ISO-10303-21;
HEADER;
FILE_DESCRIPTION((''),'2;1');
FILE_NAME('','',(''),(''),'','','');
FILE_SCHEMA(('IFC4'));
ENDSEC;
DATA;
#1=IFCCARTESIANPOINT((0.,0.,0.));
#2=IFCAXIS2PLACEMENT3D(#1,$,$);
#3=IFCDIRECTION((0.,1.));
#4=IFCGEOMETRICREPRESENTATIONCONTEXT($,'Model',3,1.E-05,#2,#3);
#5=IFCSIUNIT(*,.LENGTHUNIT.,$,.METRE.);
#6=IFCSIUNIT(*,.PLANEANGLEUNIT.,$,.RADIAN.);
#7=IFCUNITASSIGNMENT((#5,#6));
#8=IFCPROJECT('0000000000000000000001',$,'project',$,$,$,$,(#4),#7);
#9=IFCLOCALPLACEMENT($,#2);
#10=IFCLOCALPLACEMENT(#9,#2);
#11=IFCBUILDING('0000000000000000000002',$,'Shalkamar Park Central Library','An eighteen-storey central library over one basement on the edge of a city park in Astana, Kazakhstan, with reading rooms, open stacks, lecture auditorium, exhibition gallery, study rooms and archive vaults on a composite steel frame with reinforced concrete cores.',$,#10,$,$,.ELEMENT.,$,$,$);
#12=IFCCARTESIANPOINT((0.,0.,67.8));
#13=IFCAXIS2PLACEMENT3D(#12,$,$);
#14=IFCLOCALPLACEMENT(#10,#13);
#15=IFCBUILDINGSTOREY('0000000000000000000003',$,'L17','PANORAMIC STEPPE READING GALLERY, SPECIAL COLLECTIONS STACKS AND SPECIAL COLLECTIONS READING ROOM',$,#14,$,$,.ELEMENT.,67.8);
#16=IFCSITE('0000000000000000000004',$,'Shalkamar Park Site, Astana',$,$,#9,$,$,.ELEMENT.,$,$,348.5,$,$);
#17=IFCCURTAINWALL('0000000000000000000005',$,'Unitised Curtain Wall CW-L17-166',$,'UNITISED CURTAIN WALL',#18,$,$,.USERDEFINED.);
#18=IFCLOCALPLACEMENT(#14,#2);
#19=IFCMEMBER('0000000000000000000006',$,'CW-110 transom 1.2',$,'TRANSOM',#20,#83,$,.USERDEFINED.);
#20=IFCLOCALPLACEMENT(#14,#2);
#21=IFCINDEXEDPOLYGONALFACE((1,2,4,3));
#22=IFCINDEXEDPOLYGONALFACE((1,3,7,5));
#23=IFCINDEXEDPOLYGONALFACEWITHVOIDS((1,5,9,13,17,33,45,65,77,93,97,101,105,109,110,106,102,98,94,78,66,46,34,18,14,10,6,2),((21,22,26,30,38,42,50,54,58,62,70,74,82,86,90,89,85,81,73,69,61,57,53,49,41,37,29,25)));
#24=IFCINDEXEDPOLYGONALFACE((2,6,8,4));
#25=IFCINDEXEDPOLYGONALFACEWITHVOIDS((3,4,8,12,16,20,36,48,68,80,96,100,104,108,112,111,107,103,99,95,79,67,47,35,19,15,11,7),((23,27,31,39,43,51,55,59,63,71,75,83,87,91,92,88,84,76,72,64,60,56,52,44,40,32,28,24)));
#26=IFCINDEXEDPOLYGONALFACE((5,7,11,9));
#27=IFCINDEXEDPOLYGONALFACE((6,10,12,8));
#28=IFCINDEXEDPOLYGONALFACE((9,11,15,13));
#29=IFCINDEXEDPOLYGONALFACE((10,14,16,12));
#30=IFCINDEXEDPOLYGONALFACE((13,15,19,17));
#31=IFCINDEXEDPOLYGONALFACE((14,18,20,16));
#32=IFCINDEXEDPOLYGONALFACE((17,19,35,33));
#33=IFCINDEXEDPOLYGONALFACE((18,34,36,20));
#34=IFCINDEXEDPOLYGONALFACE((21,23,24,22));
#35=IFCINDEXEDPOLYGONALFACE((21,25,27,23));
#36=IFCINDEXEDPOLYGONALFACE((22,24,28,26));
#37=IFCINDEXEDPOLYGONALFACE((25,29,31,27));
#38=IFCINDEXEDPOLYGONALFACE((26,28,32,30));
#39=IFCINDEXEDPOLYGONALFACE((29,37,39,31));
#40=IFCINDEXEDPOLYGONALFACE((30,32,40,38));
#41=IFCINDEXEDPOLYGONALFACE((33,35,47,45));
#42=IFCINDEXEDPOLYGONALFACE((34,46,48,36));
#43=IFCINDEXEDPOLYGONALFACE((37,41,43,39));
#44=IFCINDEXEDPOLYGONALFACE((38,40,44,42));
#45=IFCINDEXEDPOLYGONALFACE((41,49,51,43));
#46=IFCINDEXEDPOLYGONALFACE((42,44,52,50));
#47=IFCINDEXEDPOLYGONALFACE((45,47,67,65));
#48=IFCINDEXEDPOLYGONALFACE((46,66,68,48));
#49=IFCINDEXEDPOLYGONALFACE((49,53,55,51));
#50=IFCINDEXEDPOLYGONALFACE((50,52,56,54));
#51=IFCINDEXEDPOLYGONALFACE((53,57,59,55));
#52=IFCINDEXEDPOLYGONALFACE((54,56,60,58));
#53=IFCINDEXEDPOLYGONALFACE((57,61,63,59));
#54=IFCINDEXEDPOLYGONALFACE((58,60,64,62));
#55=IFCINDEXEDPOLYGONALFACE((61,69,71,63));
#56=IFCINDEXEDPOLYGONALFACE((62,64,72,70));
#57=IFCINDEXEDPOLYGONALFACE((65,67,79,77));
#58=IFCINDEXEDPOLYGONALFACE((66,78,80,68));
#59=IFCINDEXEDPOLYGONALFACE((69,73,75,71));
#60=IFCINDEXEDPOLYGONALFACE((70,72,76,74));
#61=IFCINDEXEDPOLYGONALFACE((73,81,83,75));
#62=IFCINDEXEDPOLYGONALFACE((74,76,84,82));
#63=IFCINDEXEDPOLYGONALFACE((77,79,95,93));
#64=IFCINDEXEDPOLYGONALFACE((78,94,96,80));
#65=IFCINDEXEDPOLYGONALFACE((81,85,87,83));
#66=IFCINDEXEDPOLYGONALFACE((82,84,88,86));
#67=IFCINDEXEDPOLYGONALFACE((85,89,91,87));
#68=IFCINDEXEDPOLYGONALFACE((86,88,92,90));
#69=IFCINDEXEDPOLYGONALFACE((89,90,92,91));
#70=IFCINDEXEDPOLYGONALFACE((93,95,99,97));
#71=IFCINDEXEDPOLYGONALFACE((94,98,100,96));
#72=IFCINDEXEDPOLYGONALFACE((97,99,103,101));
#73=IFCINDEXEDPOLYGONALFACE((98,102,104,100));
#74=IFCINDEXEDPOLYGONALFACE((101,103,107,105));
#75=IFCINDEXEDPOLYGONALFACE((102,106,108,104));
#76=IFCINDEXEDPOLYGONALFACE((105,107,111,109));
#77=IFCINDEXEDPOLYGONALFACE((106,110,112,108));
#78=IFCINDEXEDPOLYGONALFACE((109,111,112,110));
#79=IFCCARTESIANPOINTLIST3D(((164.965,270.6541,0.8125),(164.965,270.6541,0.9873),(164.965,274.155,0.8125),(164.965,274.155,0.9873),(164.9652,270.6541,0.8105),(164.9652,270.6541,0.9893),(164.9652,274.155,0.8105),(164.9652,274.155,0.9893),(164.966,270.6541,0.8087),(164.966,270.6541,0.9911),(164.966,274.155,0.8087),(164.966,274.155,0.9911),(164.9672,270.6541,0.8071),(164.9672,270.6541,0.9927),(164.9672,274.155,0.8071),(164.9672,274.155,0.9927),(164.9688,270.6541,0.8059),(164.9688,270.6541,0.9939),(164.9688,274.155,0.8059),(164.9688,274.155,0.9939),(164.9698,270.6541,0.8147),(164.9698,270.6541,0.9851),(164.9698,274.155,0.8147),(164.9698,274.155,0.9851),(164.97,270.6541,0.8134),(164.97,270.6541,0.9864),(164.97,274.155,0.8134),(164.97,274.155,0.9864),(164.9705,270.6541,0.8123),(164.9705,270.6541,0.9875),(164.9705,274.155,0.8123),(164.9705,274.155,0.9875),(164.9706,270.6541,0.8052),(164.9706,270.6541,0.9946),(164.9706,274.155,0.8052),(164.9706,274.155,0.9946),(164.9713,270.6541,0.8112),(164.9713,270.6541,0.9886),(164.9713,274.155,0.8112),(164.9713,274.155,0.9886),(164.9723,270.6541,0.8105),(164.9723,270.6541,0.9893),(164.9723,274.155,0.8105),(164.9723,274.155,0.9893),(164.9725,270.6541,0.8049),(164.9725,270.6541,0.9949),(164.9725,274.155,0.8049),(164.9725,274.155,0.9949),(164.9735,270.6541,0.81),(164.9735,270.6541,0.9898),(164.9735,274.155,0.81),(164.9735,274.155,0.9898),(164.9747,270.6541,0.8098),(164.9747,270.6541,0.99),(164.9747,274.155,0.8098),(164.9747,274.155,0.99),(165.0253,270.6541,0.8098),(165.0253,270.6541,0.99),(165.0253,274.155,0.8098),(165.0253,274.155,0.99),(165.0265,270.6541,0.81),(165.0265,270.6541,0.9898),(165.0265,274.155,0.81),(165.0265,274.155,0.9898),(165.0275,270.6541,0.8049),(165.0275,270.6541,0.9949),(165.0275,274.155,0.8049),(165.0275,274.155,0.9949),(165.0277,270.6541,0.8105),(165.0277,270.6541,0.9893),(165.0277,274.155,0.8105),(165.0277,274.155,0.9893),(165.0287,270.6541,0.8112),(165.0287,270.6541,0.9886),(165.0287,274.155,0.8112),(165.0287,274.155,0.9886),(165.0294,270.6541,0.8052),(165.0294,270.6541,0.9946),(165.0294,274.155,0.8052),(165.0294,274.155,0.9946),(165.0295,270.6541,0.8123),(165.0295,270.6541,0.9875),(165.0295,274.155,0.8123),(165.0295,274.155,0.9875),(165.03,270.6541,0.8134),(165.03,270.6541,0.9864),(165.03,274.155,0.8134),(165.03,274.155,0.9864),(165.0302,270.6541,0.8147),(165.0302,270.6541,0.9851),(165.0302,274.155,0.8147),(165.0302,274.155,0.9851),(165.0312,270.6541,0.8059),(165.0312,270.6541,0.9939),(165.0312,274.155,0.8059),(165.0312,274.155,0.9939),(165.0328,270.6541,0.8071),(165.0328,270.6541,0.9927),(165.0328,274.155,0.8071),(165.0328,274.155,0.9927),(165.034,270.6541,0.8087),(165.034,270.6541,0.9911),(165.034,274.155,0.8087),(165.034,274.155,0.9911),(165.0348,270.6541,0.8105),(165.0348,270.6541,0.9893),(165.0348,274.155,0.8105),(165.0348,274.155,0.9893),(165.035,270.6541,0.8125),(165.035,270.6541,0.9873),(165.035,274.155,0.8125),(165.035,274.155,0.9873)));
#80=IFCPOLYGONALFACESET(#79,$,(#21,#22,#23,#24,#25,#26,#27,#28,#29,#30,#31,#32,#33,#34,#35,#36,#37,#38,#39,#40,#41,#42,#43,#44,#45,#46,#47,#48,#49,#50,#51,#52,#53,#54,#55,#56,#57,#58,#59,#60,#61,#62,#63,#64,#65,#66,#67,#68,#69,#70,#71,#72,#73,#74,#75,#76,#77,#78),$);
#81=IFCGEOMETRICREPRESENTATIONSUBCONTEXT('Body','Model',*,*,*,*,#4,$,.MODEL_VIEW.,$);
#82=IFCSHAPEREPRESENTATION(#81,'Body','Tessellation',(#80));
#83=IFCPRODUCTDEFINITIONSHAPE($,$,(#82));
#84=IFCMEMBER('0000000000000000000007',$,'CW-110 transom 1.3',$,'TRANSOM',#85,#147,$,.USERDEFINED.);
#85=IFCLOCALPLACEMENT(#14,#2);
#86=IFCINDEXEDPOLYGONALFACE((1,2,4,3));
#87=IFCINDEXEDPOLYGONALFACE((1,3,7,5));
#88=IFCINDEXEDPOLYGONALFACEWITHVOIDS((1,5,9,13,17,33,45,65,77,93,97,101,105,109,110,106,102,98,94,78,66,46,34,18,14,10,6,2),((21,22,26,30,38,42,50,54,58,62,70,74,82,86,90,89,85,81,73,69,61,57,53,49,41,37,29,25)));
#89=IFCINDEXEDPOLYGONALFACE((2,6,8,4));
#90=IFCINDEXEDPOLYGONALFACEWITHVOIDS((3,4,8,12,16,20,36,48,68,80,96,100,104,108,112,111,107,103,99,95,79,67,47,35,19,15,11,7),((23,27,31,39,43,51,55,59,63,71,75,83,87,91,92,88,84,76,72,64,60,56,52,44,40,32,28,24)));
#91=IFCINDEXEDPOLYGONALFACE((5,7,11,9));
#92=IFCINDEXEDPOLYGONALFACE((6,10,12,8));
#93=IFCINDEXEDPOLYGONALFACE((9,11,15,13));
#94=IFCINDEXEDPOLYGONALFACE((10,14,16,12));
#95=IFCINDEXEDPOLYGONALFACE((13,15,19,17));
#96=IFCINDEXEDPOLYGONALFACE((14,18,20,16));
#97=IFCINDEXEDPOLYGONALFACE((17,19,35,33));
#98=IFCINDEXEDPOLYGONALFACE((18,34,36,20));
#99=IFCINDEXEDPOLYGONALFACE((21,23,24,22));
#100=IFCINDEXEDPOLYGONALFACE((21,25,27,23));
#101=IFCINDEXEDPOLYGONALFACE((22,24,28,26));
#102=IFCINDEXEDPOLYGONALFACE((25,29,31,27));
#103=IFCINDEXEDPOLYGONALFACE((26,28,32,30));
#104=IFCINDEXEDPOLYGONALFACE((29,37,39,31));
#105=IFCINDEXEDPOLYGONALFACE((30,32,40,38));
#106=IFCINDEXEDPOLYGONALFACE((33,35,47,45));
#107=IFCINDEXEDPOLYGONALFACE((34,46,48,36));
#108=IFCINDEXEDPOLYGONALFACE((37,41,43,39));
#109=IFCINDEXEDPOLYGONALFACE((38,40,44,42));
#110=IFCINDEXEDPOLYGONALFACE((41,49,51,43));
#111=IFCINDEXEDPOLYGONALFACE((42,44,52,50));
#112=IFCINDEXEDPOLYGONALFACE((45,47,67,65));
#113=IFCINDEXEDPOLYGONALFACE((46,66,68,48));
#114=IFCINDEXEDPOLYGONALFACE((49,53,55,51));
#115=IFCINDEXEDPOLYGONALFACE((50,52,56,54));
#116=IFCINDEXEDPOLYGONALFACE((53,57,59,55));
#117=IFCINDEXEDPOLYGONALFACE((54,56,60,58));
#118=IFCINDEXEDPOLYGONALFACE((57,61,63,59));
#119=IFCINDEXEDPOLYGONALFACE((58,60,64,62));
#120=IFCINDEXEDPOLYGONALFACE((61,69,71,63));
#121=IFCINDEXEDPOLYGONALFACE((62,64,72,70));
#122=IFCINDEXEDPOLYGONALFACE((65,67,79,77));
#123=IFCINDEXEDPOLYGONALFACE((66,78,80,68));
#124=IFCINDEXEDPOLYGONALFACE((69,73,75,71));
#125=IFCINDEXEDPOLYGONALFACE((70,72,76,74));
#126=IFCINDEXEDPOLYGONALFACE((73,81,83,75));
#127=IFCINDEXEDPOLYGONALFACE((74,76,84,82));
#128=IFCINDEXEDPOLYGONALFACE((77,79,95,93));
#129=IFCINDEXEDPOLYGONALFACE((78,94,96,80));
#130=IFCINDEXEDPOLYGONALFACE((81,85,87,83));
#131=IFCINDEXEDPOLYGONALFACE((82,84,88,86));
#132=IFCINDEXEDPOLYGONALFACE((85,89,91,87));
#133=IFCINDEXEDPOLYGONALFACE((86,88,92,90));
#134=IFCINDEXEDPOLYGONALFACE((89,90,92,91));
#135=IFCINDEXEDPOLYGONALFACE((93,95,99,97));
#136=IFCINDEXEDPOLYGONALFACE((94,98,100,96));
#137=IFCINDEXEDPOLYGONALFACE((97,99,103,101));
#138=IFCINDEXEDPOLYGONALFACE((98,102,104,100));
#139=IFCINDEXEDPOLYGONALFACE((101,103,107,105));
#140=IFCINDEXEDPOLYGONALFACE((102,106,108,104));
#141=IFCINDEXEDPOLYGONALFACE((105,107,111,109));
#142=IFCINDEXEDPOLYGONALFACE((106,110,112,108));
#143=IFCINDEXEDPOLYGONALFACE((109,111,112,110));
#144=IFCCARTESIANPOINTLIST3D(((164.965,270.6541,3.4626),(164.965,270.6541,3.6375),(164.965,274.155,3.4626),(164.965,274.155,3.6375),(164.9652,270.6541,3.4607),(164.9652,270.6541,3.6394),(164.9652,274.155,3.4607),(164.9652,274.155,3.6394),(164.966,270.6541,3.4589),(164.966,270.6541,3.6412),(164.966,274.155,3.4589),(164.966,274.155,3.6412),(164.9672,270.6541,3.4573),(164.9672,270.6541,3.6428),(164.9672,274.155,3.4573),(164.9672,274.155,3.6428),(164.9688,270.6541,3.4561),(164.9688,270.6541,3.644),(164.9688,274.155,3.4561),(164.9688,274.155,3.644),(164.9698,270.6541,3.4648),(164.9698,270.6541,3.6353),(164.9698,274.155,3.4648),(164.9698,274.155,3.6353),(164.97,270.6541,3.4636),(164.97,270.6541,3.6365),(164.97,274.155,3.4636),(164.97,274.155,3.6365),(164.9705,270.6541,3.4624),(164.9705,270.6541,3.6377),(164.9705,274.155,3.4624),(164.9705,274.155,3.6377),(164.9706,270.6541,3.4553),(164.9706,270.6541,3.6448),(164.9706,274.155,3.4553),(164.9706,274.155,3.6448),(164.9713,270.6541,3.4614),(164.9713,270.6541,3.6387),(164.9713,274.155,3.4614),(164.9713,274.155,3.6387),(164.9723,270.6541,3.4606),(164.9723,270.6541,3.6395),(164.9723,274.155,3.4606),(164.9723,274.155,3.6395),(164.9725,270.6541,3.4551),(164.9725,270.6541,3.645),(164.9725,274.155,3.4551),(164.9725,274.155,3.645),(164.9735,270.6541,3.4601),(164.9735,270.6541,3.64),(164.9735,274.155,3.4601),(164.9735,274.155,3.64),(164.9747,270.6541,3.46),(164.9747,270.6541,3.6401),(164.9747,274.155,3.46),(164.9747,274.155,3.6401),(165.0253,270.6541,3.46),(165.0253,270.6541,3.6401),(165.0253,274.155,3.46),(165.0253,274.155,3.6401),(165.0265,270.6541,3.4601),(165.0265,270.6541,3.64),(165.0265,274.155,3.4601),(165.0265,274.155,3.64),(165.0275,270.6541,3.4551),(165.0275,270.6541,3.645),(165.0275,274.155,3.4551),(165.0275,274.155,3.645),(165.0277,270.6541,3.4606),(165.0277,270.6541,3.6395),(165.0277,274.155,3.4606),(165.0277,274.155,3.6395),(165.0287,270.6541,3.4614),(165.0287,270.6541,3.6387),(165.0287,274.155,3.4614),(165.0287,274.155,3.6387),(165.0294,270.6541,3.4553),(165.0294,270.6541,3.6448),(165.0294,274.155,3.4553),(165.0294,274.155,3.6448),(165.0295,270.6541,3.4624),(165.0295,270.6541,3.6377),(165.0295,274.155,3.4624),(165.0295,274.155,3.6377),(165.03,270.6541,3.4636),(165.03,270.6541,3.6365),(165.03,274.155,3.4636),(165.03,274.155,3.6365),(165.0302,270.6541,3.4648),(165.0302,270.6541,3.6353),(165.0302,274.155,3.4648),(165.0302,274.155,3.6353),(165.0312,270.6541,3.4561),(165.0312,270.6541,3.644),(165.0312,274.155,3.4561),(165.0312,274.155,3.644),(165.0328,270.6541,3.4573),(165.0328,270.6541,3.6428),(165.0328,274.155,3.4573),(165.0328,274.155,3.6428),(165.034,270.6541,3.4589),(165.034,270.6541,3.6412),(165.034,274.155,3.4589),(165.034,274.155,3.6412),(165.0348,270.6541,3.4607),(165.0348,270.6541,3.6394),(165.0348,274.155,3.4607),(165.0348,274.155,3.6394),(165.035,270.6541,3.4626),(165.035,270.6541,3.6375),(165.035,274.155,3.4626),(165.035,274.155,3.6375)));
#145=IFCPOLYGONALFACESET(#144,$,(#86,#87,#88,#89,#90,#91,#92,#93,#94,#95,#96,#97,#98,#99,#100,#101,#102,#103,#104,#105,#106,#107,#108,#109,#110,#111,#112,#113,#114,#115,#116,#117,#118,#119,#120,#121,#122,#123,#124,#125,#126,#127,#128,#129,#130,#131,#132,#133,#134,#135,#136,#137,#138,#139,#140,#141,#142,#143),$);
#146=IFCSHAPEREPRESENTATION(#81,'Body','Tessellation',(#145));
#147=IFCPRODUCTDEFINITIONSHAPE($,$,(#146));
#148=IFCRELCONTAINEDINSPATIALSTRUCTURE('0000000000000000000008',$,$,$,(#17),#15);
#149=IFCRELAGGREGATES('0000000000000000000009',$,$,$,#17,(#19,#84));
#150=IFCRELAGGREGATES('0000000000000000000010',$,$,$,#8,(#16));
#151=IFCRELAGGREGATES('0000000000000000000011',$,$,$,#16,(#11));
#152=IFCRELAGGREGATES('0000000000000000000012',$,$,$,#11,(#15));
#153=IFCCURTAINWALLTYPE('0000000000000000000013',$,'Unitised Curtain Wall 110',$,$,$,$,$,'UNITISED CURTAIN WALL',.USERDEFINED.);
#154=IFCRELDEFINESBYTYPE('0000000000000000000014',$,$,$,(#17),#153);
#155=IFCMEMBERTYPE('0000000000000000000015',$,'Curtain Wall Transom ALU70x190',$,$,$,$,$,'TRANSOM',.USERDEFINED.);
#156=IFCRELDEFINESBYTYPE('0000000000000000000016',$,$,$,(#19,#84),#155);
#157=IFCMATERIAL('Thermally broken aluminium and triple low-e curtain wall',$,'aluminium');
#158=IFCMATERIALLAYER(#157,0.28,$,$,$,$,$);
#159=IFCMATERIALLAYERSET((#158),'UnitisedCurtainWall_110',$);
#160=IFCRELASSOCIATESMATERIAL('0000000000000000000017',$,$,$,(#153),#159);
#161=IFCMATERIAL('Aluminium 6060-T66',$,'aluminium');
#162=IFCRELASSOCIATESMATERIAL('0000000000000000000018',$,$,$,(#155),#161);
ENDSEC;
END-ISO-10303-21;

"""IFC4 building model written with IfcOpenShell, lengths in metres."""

from ifc_helpers import new_model, si_unit, direction, frame, origin, origin_2d, place, context, subcontext, project, spatial, hollow_rectangle, extrude, material, layer, layer_set, material_profile, profile_set, type_object, element, aggregate, save


model = new_model("IFC4")

# Units and contexts
model_context = context("Model", 3, precision=1e-05, world=origin(), true_north=direction((0.0, 1.0)))
body_context = subcontext(model_context, "Body", "Model", "MODEL_VIEW")
ifc_project = project(units=[si_unit("LENGTHUNIT", "METRE"), si_unit("PLANEANGLEUNIT", "RADIAN")], contexts=[model_context])

# Site, building, storey
site_placement = place(None, origin())
site = spatial("IfcSite", under=ifc_project, at=site_placement, Name="Shalkamar Park Site, Astana", CompositionType="ELEMENT", RefElevation=348.5)
building_placement = place(site_placement, origin())
building = spatial("IfcBuilding", under=site, at=building_placement, Name="Shalkamar Park Central Library", Description="An eighteen-storey central library over one basement on the edge of a city park in Astana, Kazakhstan, with reading rooms, open stacks, lecture auditorium, exhibition gallery, study rooms and archive vaults on a composite steel frame with reinforced concrete cores.", CompositionType="ELEMENT")
storey_placement = place(building_placement, frame((0.0, 0.0, 67.8)))
storey = spatial("IfcBuildingStorey", under=building, at=storey_placement, Name="L17", Description="PANORAMIC STEPPE READING GALLERY, SPECIAL COLLECTIONS STACKS AND SPECIAL COLLECTIONS READING ROOM", CompositionType="ELEMENT", Elevation=67.8)

# Curtain wall, members
ifc_material_1 = material(Name="Thermally broken aluminium and triple low-e curtain wall", Category="aluminium")
ifc_layer_1 = layer(ifc_material_1, 0.28)
ifc_layer_set_1 = layer_set([ifc_layer_1], Name="UnitisedCurtainWall_110")
curtain_wall_type = type_object("IfcCurtainWallType", Name="Unitised Curtain Wall 110", ElementType="UNITISED CURTAIN WALL", PredefinedType="USERDEFINED", material=ifc_layer_set_1)
curtain_wall_placement = place(storey_placement, origin())
curtain_wall = element("IfcCurtainWall", 1, at=curtain_wall_placement, inside=storey, type_object=curtain_wall_type, Name="Unitised Curtain Wall CW-L17-166", ObjectType="UNITISED CURTAIN WALL", PredefinedType="USERDEFINED")
ifc_material_2 = material(Name="Aluminium 6060-T66", Category="aluminium")
ifc_material_profile_1 = material_profile(ifc_material_2, hollow_rectangle(XDim=0.0701, YDim=0.1899, WallThickness=0.0049, InnerFilletRadius=0.0049, OuterFilletRadius=0.0076, at=origin_2d()), Name="ALU 70x190x5")
ifc_profile_set_1 = profile_set([ifc_material_profile_1], Name="Aluminium 6060-T66")
member_type_1 = type_object("IfcMemberType", Name="Curtain Wall Transom ALU70x190", ElementType="TRANSOM", PredefinedType="USERDEFINED", material=ifc_profile_set_1)
member_1_placement = place(storey_placement, frame((165.0, 270.6541, 0.8999), z_axis=(0.0, 1.0, 0.0), x_axis=(-1.0, 0.0, 0.0)))
member_1 = element("IfcMember", 2, at=member_1_placement, type_object=member_type_1, Name="CW-110 transom 1.2", ObjectType="TRANSOM", PredefinedType="USERDEFINED", context=body_context, shape_type="SweptSolid", body=[
    extrude(hollow_rectangle(XDim=0.0701, YDim=0.1899, WallThickness=0.0049, InnerFilletRadius=0.0049, OuterFilletRadius=0.0076, at=origin_2d()), origin(), (0.0, 0.0, 1.0), 3.501),
])
member_2_placement = place(storey_placement, frame((165.0, 270.6541, 3.55), z_axis=(0.0, 1.0, 0.0), x_axis=(-1.0, 0.0, 0.0)))
member_2 = element("IfcMember", 3, at=member_2_placement, type_object=member_type_1, Name="CW-110 transom 1.3", ObjectType="TRANSOM", PredefinedType="USERDEFINED", context=body_context, shape_type="SweptSolid", body=[
    extrude(hollow_rectangle(XDim=0.0701, YDim=0.1899, WallThickness=0.0049, InnerFilletRadius=0.0049, OuterFilletRadius=0.0076, at=origin_2d()), origin(), (0.0, 0.0, 1.0), 3.501),
])

aggregate(curtain_wall, [member_1, member_2])

save(model, "model.ifc")
